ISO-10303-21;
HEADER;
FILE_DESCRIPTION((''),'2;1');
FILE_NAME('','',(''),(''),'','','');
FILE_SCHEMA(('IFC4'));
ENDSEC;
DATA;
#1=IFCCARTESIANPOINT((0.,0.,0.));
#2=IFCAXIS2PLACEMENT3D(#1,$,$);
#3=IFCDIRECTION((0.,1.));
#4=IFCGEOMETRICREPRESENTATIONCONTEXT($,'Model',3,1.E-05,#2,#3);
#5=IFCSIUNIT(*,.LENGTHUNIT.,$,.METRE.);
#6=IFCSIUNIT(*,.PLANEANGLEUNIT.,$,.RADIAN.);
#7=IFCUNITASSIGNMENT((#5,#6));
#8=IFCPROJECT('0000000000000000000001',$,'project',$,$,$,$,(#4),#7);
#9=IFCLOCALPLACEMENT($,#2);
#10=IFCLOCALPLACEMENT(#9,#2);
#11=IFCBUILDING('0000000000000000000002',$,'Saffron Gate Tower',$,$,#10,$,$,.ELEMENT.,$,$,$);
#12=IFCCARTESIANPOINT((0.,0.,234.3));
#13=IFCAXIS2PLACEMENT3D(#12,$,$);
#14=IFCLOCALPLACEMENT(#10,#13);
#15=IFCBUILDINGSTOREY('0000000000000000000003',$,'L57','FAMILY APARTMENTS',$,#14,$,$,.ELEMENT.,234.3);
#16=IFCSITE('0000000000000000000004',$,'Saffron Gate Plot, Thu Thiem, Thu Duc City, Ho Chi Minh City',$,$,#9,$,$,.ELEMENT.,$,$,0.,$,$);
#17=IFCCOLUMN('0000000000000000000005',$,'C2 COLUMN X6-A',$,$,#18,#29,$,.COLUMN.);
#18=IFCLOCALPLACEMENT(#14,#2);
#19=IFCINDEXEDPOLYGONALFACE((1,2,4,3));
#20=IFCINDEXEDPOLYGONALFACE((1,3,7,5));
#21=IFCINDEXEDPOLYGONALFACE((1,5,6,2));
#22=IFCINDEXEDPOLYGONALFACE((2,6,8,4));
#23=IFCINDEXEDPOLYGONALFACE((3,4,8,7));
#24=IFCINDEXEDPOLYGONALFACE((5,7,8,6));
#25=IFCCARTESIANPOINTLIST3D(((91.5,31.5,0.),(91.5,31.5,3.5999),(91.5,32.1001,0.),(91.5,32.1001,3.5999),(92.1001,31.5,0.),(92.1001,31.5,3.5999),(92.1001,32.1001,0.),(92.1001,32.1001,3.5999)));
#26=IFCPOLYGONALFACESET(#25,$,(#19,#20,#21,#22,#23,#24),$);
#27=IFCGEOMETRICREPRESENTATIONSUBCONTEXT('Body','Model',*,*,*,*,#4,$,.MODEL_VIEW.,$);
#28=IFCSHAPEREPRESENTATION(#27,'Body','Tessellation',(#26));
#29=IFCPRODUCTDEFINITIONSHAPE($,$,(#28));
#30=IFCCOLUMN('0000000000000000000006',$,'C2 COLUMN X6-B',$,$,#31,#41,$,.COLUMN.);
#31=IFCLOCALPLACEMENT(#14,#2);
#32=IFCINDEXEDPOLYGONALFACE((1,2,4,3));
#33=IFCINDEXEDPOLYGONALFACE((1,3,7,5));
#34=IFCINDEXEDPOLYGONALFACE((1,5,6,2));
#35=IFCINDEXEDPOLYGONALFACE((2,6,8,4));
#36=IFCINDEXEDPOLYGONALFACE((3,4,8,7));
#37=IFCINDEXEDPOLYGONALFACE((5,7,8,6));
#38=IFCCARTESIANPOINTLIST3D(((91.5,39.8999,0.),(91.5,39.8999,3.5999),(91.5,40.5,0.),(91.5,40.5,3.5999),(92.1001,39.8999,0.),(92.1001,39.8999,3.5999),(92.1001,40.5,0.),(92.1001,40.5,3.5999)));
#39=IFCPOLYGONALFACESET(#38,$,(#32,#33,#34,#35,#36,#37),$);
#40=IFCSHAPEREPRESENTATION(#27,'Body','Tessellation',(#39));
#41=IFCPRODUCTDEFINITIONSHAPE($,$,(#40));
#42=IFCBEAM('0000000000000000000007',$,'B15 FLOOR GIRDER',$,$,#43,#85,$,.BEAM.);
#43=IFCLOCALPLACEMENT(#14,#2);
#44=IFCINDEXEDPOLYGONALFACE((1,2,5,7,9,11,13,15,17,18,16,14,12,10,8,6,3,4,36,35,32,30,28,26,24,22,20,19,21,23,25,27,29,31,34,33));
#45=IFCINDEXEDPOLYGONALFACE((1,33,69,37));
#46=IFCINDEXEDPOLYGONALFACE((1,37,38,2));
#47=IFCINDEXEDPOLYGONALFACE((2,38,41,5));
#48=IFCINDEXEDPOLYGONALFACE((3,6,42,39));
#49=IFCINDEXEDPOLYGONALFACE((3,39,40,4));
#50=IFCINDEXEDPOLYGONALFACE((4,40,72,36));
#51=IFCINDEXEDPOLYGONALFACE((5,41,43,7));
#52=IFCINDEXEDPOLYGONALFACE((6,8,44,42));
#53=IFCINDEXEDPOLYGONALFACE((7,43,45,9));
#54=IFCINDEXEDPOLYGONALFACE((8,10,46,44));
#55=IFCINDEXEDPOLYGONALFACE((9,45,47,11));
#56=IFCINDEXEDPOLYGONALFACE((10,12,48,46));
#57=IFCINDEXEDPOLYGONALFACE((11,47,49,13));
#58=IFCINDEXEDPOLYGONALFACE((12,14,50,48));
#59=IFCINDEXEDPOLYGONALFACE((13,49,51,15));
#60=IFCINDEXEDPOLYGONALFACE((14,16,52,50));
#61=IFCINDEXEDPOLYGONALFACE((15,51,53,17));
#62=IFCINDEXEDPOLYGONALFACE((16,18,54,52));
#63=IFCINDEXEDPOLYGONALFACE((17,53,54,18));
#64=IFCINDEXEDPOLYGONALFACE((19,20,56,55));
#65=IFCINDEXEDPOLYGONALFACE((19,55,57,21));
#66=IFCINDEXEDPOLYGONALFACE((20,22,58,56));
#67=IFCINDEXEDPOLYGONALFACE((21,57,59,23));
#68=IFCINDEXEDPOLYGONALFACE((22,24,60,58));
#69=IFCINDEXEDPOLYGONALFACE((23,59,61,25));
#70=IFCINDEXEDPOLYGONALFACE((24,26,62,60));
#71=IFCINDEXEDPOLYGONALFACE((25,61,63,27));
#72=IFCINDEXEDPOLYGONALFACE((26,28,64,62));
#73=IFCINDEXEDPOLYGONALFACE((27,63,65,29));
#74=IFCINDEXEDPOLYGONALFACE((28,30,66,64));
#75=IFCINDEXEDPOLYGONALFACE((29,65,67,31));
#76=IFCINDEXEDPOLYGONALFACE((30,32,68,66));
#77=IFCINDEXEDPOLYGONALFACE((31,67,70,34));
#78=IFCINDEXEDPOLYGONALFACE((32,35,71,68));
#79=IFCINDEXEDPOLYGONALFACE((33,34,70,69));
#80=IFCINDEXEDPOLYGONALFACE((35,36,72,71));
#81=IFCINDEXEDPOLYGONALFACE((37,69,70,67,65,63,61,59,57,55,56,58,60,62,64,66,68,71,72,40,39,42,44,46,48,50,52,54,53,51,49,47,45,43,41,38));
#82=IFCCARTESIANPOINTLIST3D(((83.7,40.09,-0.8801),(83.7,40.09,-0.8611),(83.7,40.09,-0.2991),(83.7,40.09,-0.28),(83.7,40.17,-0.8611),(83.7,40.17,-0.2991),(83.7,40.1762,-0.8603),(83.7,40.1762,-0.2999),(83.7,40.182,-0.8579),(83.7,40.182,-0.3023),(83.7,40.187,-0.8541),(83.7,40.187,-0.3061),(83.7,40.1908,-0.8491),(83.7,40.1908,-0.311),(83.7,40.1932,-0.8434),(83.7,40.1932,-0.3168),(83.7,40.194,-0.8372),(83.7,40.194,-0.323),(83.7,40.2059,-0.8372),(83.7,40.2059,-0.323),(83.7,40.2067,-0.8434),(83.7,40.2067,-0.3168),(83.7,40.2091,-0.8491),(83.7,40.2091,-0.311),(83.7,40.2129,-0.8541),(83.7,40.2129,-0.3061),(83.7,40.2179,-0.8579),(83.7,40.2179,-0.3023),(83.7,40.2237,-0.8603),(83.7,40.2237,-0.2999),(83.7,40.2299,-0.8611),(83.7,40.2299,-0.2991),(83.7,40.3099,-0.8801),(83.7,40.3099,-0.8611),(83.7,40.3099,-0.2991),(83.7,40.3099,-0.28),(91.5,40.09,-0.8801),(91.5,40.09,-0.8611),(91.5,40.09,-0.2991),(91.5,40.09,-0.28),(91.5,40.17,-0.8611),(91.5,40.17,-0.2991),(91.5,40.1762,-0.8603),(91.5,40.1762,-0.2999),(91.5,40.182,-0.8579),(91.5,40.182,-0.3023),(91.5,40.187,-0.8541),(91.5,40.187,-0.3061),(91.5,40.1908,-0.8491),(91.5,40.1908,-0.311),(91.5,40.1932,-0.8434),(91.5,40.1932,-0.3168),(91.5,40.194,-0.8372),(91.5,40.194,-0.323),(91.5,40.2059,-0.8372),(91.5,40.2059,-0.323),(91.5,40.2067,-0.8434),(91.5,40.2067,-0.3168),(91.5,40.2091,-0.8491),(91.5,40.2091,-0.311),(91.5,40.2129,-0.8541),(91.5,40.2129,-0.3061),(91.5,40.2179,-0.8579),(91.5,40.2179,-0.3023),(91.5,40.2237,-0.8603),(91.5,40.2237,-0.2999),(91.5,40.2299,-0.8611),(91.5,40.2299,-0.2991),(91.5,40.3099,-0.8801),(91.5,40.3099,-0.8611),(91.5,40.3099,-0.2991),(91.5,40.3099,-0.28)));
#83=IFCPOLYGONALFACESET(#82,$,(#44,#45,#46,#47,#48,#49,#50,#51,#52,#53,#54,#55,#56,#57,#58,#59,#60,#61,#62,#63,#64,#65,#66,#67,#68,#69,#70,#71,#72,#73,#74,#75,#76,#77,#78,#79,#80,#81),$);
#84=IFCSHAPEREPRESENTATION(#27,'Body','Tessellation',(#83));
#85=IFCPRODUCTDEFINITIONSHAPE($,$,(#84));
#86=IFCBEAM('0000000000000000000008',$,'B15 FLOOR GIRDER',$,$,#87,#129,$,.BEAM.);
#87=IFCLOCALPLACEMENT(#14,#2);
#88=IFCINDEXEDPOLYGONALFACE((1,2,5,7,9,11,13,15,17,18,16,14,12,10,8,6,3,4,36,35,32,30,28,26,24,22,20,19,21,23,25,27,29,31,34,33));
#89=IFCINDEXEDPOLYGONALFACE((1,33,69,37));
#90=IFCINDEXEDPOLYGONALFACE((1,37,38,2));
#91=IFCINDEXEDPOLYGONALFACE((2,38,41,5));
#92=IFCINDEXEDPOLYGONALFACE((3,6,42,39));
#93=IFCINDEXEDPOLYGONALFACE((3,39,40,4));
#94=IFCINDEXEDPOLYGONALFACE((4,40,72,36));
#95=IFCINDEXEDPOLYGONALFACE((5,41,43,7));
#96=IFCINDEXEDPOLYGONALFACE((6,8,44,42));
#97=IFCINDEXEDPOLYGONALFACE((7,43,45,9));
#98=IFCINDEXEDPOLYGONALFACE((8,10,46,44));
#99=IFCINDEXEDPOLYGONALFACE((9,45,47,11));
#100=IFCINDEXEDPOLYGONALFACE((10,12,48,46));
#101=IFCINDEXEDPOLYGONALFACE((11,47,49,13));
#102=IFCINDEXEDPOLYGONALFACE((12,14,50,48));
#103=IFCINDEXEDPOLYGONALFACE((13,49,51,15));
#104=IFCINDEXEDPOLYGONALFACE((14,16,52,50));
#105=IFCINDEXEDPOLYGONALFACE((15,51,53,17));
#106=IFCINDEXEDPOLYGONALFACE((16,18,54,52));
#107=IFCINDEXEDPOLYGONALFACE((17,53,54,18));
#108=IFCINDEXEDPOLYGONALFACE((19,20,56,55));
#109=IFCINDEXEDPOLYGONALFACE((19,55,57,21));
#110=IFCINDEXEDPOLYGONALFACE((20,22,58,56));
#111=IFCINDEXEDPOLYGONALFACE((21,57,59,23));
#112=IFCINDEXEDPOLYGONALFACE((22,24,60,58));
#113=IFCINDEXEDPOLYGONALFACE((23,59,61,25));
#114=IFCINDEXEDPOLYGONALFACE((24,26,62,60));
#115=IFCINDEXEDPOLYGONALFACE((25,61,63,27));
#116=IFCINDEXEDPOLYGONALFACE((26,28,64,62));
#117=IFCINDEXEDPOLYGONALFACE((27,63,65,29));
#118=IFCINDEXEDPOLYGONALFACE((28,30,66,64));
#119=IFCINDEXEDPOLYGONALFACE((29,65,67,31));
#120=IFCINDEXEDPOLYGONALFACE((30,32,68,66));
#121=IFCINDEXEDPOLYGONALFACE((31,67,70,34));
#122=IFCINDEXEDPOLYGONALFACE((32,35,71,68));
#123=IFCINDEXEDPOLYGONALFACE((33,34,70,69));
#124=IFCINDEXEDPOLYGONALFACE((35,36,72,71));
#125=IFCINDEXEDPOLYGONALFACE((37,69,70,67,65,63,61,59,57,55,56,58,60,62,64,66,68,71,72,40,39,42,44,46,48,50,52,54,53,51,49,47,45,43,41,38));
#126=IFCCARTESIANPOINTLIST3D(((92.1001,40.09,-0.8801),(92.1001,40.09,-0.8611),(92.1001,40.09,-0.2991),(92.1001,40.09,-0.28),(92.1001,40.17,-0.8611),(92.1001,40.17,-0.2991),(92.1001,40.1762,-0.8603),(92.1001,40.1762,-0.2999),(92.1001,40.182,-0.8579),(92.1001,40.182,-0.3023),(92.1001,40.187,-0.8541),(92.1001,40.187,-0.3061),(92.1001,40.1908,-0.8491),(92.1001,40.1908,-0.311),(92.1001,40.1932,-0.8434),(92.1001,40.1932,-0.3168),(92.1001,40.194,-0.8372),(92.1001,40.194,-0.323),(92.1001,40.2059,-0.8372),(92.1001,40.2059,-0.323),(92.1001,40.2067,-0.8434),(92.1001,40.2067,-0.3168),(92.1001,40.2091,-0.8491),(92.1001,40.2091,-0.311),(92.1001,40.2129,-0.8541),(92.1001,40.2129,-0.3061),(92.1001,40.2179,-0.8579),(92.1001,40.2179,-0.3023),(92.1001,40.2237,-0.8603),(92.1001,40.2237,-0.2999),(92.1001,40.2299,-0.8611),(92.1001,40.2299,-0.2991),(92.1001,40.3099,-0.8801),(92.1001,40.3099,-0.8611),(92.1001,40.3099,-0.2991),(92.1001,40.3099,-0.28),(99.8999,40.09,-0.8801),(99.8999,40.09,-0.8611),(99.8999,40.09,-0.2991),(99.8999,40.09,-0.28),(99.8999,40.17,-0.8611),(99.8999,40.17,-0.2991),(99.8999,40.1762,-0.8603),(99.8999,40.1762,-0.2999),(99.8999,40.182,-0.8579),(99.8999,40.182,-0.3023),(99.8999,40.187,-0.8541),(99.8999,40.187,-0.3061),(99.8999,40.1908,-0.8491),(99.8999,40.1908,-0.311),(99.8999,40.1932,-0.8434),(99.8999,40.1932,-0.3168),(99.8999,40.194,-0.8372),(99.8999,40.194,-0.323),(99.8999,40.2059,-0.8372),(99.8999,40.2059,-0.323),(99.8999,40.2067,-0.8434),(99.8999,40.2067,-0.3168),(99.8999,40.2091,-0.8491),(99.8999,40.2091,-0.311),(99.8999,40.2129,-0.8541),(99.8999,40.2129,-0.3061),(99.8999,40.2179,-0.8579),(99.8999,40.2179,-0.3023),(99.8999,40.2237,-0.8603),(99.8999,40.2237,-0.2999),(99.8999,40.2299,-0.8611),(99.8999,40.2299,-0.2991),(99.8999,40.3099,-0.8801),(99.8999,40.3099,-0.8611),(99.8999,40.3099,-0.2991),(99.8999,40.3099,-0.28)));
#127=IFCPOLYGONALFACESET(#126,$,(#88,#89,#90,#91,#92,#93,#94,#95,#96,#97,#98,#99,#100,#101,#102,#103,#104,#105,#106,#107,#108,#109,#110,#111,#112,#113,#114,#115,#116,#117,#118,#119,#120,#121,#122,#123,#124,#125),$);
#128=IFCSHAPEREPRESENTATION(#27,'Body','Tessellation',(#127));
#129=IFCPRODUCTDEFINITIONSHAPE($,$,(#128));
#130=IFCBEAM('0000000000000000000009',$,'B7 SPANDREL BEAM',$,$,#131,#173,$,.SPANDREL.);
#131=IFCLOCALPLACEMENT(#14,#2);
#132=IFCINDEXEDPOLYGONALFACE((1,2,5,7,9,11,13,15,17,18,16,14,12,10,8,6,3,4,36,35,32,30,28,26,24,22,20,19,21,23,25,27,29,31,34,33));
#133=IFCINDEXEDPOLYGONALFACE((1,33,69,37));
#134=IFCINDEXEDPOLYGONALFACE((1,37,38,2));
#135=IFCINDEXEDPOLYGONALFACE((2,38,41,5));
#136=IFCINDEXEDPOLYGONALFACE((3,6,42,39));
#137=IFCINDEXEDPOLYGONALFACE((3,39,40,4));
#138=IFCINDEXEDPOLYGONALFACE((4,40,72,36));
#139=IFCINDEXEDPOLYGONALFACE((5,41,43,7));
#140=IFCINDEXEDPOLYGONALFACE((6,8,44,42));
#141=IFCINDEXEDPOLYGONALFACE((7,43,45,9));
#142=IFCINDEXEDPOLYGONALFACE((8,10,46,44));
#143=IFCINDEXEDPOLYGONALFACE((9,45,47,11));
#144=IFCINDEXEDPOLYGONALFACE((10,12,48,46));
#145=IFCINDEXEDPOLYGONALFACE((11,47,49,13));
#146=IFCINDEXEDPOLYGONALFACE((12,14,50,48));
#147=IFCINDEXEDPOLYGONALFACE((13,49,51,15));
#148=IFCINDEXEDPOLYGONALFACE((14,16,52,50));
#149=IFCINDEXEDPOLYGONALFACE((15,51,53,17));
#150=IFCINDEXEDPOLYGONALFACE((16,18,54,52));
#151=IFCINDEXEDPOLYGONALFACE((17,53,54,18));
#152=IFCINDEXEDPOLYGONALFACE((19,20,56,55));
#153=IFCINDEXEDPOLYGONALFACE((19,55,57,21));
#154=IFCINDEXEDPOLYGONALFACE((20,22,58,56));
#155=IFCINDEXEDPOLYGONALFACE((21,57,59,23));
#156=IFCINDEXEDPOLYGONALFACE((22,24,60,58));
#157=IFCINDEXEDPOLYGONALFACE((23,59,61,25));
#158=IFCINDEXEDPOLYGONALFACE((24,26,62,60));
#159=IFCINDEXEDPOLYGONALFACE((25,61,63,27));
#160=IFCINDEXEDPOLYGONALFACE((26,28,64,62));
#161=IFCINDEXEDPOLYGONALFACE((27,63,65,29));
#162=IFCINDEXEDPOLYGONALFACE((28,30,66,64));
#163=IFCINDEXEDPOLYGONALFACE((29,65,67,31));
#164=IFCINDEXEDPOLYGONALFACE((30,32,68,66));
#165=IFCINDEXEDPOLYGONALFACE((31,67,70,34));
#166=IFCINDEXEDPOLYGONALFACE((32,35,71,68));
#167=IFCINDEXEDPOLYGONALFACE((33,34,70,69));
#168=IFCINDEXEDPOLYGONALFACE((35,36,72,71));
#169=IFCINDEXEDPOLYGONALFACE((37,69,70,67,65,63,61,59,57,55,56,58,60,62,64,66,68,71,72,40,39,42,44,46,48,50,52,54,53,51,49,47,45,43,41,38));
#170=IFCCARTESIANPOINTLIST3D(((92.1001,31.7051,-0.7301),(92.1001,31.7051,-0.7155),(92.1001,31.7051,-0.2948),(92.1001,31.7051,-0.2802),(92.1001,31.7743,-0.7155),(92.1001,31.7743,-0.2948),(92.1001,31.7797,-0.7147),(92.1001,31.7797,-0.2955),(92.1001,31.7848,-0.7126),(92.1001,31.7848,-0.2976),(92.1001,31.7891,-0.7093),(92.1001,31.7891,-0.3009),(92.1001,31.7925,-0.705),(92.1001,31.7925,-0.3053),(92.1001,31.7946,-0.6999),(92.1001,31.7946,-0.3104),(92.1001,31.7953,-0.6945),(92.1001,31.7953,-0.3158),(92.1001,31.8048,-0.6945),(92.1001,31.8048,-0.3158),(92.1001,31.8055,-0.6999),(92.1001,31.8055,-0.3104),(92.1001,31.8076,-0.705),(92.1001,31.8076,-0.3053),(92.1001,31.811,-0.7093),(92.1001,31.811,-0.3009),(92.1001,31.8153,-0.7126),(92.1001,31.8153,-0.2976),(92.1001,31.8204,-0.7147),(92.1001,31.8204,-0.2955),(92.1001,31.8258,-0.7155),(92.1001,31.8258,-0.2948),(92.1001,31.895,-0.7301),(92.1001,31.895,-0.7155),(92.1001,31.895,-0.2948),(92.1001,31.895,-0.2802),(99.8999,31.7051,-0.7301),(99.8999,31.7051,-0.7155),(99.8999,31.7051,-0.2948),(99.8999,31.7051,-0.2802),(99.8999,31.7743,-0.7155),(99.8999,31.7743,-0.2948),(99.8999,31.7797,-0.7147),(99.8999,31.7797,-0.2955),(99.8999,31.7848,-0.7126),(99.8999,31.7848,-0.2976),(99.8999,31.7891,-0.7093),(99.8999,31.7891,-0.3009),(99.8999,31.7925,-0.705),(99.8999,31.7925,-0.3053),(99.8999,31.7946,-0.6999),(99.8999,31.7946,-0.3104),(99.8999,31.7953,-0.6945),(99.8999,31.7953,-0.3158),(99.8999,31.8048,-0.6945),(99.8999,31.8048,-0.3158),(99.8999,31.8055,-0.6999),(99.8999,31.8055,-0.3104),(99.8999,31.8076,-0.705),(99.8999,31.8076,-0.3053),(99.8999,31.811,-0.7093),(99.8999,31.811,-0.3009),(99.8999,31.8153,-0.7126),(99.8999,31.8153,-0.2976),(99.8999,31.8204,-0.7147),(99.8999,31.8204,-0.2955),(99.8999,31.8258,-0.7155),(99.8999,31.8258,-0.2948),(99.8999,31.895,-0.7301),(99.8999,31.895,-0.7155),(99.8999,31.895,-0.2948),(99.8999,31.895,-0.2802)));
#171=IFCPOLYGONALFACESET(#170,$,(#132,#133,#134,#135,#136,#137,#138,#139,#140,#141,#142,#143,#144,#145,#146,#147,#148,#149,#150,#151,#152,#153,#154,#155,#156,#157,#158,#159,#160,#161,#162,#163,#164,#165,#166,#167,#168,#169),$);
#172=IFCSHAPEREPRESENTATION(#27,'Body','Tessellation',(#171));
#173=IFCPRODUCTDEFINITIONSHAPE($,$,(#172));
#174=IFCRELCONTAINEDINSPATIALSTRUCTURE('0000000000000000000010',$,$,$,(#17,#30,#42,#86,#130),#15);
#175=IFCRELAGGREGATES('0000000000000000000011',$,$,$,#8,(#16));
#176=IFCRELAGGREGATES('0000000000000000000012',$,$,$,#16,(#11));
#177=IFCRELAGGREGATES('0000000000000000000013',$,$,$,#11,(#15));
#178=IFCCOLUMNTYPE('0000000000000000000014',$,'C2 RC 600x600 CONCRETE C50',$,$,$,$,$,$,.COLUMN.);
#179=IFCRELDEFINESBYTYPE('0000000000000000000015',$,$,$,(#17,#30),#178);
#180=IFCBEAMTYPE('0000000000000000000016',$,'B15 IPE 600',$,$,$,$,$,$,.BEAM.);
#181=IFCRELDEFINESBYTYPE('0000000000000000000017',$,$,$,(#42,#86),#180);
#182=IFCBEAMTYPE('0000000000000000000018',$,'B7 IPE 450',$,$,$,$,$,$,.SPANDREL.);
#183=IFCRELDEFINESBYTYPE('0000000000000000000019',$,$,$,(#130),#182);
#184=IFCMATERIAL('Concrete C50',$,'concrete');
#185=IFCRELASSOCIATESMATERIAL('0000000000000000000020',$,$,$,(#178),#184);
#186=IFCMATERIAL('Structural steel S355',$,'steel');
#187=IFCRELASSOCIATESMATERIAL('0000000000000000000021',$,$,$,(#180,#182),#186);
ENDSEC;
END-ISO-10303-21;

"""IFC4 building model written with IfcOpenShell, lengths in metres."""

from ifc_helpers import new_model, si_unit, direction, frame, origin, origin_2d, place, context, subcontext, project, spatial, rectangle, i_section, extrude, material, material_profile, profile_set, type_object, element, save


model = new_model("IFC4")

# Units and contexts
model_context = context("Model", 3, precision=1e-05, world=origin(), true_north=direction((0.0, 1.0)))
body_context = subcontext(model_context, "Body", "Model", "MODEL_VIEW")
ifc_project = project(units=[si_unit("LENGTHUNIT", "METRE"), si_unit("PLANEANGLEUNIT", "RADIAN")], contexts=[model_context])

# Site, building, storey
site_placement = place(None, origin())
site = spatial("IfcSite", under=ifc_project, at=site_placement, Name="Saffron Gate Plot, Thu Thiem, Thu Duc City, Ho Chi Minh City", CompositionType="ELEMENT", RefElevation=0.0)
building_placement = place(site_placement, origin())
building = spatial("IfcBuilding", under=site, at=building_placement, Name="Saffron Gate Tower", CompositionType="ELEMENT")
storey_placement = place(building_placement, frame((0.0, 0.0, 234.3)))
storey = spatial("IfcBuildingStorey", under=building, at=storey_placement, Name="L57", Description="FAMILY APARTMENTS", CompositionType="ELEMENT", Elevation=234.3)

# Columns
ifc_material_1 = material(Name="Concrete C50", Category="concrete")
ifc_material_profile_1 = material_profile(ifc_material_1, rectangle(XDim=0.6001, YDim=0.6001, at=origin_2d()))
ifc_profile_set_1 = profile_set([ifc_material_profile_1], Name="Concrete C50")
column_type = type_object("IfcColumnType", Name="C2 RC 600x600 CONCRETE C50", PredefinedType="COLUMN", material=ifc_profile_set_1)
for number, where, z_axis, x_axis, name in (
    (1, (91.8, 31.8, 0.0), (0.0, 0.0, 1.0), (1.0, 0.0, 0.0), "C2 COLUMN X6-A"),
    (2, (91.8, 40.2, 0.0), (0.0, 0.0, 1.0), (1.0, 0.0, 0.0), "C2 COLUMN X6-B"),
):
    element("IfcColumn", number, at=place(storey_placement, frame(where, z_axis=z_axis, x_axis=x_axis)), inside=storey, type_object=column_type, Name=name, PredefinedType="COLUMN", context=body_context, shape_type="SweptSolid", body=[
        extrude(rectangle(XDim=0.6001, YDim=0.6001, at=origin_2d()), origin(), (0.0, 0.0, 1.0), 3.5999),
    ])

# Beams
ifc_material_2 = material(Name="Structural steel S355", Category="steel")
ifc_material_profile_2 = material_profile(ifc_material_2, i_section(OverallWidth=0.22, OverallDepth=0.6001, WebThickness=0.012, FlangeThickness=0.019, FilletRadius=0.0239, at=origin_2d()))
ifc_profile_set_2 = profile_set([ifc_material_profile_2], Name="Structural steel S355")
beam_type_1 = type_object("IfcBeamType", Name="B15 IPE 600", PredefinedType="BEAM", material=ifc_profile_set_2)
beam_1_placement = place(storey_placement, frame((83.7, 40.2, -0.5801), z_axis=(1.0, 0.0, 0.0), x_axis=(0.0, 1.0, 0.0)))
element("IfcBeam", 3, at=beam_1_placement, inside=storey, type_object=beam_type_1, Name="B15 FLOOR GIRDER", PredefinedType="BEAM", context=body_context, shape_type="SweptSolid", body=[
    extrude(i_section(OverallWidth=0.22, OverallDepth=0.6001, WebThickness=0.012, FlangeThickness=0.019, FilletRadius=0.0239, at=origin_2d()), origin(), (0.0, 0.0, 1.0), 7.8),
])
beam_2_placement = place(storey_placement, frame((92.1001, 40.2, -0.5801), z_axis=(1.0, 0.0, 0.0), x_axis=(0.0, 1.0, 0.0)))
element("IfcBeam", 4, at=beam_2_placement, inside=storey, type_object=beam_type_1, Name="B15 FLOOR GIRDER", PredefinedType="BEAM", context=body_context, shape_type="SweptSolid", body=[
    extrude(i_section(OverallWidth=0.22, OverallDepth=0.6001, WebThickness=0.012, FlangeThickness=0.019, FilletRadius=0.0239, at=origin_2d()), origin(), (0.0, 0.0, 1.0), 7.7998),
])
ifc_material_profile_3 = material_profile(ifc_material_2, i_section(OverallWidth=0.1899, OverallDepth=0.45, WebThickness=0.0095, FlangeThickness=0.0146, FilletRadius=0.021, at=origin_2d()))
ifc_profile_set_3 = profile_set([ifc_material_profile_3], Name="Structural steel S355")
beam_type_2 = type_object("IfcBeamType", Name="B7 IPE 450", PredefinedType="SPANDREL", material=ifc_profile_set_3)
beam_3_placement = place(storey_placement, frame((92.1001, 31.8, -0.5051), z_axis=(1.0, 0.0, 0.0), x_axis=(0.0, 1.0, 0.0)))
element("IfcBeam", 5, at=beam_3_placement, inside=storey, type_object=beam_type_2, Name="B7 SPANDREL BEAM", PredefinedType="SPANDREL", context=body_context, shape_type="SweptSolid", body=[
    extrude(i_section(OverallWidth=0.1899, OverallDepth=0.45, WebThickness=0.0095, FlangeThickness=0.0146, FilletRadius=0.021, at=origin_2d()), origin(), (0.0, 0.0, 1.0), 7.7998),
])

save(model, "model.ifc")
